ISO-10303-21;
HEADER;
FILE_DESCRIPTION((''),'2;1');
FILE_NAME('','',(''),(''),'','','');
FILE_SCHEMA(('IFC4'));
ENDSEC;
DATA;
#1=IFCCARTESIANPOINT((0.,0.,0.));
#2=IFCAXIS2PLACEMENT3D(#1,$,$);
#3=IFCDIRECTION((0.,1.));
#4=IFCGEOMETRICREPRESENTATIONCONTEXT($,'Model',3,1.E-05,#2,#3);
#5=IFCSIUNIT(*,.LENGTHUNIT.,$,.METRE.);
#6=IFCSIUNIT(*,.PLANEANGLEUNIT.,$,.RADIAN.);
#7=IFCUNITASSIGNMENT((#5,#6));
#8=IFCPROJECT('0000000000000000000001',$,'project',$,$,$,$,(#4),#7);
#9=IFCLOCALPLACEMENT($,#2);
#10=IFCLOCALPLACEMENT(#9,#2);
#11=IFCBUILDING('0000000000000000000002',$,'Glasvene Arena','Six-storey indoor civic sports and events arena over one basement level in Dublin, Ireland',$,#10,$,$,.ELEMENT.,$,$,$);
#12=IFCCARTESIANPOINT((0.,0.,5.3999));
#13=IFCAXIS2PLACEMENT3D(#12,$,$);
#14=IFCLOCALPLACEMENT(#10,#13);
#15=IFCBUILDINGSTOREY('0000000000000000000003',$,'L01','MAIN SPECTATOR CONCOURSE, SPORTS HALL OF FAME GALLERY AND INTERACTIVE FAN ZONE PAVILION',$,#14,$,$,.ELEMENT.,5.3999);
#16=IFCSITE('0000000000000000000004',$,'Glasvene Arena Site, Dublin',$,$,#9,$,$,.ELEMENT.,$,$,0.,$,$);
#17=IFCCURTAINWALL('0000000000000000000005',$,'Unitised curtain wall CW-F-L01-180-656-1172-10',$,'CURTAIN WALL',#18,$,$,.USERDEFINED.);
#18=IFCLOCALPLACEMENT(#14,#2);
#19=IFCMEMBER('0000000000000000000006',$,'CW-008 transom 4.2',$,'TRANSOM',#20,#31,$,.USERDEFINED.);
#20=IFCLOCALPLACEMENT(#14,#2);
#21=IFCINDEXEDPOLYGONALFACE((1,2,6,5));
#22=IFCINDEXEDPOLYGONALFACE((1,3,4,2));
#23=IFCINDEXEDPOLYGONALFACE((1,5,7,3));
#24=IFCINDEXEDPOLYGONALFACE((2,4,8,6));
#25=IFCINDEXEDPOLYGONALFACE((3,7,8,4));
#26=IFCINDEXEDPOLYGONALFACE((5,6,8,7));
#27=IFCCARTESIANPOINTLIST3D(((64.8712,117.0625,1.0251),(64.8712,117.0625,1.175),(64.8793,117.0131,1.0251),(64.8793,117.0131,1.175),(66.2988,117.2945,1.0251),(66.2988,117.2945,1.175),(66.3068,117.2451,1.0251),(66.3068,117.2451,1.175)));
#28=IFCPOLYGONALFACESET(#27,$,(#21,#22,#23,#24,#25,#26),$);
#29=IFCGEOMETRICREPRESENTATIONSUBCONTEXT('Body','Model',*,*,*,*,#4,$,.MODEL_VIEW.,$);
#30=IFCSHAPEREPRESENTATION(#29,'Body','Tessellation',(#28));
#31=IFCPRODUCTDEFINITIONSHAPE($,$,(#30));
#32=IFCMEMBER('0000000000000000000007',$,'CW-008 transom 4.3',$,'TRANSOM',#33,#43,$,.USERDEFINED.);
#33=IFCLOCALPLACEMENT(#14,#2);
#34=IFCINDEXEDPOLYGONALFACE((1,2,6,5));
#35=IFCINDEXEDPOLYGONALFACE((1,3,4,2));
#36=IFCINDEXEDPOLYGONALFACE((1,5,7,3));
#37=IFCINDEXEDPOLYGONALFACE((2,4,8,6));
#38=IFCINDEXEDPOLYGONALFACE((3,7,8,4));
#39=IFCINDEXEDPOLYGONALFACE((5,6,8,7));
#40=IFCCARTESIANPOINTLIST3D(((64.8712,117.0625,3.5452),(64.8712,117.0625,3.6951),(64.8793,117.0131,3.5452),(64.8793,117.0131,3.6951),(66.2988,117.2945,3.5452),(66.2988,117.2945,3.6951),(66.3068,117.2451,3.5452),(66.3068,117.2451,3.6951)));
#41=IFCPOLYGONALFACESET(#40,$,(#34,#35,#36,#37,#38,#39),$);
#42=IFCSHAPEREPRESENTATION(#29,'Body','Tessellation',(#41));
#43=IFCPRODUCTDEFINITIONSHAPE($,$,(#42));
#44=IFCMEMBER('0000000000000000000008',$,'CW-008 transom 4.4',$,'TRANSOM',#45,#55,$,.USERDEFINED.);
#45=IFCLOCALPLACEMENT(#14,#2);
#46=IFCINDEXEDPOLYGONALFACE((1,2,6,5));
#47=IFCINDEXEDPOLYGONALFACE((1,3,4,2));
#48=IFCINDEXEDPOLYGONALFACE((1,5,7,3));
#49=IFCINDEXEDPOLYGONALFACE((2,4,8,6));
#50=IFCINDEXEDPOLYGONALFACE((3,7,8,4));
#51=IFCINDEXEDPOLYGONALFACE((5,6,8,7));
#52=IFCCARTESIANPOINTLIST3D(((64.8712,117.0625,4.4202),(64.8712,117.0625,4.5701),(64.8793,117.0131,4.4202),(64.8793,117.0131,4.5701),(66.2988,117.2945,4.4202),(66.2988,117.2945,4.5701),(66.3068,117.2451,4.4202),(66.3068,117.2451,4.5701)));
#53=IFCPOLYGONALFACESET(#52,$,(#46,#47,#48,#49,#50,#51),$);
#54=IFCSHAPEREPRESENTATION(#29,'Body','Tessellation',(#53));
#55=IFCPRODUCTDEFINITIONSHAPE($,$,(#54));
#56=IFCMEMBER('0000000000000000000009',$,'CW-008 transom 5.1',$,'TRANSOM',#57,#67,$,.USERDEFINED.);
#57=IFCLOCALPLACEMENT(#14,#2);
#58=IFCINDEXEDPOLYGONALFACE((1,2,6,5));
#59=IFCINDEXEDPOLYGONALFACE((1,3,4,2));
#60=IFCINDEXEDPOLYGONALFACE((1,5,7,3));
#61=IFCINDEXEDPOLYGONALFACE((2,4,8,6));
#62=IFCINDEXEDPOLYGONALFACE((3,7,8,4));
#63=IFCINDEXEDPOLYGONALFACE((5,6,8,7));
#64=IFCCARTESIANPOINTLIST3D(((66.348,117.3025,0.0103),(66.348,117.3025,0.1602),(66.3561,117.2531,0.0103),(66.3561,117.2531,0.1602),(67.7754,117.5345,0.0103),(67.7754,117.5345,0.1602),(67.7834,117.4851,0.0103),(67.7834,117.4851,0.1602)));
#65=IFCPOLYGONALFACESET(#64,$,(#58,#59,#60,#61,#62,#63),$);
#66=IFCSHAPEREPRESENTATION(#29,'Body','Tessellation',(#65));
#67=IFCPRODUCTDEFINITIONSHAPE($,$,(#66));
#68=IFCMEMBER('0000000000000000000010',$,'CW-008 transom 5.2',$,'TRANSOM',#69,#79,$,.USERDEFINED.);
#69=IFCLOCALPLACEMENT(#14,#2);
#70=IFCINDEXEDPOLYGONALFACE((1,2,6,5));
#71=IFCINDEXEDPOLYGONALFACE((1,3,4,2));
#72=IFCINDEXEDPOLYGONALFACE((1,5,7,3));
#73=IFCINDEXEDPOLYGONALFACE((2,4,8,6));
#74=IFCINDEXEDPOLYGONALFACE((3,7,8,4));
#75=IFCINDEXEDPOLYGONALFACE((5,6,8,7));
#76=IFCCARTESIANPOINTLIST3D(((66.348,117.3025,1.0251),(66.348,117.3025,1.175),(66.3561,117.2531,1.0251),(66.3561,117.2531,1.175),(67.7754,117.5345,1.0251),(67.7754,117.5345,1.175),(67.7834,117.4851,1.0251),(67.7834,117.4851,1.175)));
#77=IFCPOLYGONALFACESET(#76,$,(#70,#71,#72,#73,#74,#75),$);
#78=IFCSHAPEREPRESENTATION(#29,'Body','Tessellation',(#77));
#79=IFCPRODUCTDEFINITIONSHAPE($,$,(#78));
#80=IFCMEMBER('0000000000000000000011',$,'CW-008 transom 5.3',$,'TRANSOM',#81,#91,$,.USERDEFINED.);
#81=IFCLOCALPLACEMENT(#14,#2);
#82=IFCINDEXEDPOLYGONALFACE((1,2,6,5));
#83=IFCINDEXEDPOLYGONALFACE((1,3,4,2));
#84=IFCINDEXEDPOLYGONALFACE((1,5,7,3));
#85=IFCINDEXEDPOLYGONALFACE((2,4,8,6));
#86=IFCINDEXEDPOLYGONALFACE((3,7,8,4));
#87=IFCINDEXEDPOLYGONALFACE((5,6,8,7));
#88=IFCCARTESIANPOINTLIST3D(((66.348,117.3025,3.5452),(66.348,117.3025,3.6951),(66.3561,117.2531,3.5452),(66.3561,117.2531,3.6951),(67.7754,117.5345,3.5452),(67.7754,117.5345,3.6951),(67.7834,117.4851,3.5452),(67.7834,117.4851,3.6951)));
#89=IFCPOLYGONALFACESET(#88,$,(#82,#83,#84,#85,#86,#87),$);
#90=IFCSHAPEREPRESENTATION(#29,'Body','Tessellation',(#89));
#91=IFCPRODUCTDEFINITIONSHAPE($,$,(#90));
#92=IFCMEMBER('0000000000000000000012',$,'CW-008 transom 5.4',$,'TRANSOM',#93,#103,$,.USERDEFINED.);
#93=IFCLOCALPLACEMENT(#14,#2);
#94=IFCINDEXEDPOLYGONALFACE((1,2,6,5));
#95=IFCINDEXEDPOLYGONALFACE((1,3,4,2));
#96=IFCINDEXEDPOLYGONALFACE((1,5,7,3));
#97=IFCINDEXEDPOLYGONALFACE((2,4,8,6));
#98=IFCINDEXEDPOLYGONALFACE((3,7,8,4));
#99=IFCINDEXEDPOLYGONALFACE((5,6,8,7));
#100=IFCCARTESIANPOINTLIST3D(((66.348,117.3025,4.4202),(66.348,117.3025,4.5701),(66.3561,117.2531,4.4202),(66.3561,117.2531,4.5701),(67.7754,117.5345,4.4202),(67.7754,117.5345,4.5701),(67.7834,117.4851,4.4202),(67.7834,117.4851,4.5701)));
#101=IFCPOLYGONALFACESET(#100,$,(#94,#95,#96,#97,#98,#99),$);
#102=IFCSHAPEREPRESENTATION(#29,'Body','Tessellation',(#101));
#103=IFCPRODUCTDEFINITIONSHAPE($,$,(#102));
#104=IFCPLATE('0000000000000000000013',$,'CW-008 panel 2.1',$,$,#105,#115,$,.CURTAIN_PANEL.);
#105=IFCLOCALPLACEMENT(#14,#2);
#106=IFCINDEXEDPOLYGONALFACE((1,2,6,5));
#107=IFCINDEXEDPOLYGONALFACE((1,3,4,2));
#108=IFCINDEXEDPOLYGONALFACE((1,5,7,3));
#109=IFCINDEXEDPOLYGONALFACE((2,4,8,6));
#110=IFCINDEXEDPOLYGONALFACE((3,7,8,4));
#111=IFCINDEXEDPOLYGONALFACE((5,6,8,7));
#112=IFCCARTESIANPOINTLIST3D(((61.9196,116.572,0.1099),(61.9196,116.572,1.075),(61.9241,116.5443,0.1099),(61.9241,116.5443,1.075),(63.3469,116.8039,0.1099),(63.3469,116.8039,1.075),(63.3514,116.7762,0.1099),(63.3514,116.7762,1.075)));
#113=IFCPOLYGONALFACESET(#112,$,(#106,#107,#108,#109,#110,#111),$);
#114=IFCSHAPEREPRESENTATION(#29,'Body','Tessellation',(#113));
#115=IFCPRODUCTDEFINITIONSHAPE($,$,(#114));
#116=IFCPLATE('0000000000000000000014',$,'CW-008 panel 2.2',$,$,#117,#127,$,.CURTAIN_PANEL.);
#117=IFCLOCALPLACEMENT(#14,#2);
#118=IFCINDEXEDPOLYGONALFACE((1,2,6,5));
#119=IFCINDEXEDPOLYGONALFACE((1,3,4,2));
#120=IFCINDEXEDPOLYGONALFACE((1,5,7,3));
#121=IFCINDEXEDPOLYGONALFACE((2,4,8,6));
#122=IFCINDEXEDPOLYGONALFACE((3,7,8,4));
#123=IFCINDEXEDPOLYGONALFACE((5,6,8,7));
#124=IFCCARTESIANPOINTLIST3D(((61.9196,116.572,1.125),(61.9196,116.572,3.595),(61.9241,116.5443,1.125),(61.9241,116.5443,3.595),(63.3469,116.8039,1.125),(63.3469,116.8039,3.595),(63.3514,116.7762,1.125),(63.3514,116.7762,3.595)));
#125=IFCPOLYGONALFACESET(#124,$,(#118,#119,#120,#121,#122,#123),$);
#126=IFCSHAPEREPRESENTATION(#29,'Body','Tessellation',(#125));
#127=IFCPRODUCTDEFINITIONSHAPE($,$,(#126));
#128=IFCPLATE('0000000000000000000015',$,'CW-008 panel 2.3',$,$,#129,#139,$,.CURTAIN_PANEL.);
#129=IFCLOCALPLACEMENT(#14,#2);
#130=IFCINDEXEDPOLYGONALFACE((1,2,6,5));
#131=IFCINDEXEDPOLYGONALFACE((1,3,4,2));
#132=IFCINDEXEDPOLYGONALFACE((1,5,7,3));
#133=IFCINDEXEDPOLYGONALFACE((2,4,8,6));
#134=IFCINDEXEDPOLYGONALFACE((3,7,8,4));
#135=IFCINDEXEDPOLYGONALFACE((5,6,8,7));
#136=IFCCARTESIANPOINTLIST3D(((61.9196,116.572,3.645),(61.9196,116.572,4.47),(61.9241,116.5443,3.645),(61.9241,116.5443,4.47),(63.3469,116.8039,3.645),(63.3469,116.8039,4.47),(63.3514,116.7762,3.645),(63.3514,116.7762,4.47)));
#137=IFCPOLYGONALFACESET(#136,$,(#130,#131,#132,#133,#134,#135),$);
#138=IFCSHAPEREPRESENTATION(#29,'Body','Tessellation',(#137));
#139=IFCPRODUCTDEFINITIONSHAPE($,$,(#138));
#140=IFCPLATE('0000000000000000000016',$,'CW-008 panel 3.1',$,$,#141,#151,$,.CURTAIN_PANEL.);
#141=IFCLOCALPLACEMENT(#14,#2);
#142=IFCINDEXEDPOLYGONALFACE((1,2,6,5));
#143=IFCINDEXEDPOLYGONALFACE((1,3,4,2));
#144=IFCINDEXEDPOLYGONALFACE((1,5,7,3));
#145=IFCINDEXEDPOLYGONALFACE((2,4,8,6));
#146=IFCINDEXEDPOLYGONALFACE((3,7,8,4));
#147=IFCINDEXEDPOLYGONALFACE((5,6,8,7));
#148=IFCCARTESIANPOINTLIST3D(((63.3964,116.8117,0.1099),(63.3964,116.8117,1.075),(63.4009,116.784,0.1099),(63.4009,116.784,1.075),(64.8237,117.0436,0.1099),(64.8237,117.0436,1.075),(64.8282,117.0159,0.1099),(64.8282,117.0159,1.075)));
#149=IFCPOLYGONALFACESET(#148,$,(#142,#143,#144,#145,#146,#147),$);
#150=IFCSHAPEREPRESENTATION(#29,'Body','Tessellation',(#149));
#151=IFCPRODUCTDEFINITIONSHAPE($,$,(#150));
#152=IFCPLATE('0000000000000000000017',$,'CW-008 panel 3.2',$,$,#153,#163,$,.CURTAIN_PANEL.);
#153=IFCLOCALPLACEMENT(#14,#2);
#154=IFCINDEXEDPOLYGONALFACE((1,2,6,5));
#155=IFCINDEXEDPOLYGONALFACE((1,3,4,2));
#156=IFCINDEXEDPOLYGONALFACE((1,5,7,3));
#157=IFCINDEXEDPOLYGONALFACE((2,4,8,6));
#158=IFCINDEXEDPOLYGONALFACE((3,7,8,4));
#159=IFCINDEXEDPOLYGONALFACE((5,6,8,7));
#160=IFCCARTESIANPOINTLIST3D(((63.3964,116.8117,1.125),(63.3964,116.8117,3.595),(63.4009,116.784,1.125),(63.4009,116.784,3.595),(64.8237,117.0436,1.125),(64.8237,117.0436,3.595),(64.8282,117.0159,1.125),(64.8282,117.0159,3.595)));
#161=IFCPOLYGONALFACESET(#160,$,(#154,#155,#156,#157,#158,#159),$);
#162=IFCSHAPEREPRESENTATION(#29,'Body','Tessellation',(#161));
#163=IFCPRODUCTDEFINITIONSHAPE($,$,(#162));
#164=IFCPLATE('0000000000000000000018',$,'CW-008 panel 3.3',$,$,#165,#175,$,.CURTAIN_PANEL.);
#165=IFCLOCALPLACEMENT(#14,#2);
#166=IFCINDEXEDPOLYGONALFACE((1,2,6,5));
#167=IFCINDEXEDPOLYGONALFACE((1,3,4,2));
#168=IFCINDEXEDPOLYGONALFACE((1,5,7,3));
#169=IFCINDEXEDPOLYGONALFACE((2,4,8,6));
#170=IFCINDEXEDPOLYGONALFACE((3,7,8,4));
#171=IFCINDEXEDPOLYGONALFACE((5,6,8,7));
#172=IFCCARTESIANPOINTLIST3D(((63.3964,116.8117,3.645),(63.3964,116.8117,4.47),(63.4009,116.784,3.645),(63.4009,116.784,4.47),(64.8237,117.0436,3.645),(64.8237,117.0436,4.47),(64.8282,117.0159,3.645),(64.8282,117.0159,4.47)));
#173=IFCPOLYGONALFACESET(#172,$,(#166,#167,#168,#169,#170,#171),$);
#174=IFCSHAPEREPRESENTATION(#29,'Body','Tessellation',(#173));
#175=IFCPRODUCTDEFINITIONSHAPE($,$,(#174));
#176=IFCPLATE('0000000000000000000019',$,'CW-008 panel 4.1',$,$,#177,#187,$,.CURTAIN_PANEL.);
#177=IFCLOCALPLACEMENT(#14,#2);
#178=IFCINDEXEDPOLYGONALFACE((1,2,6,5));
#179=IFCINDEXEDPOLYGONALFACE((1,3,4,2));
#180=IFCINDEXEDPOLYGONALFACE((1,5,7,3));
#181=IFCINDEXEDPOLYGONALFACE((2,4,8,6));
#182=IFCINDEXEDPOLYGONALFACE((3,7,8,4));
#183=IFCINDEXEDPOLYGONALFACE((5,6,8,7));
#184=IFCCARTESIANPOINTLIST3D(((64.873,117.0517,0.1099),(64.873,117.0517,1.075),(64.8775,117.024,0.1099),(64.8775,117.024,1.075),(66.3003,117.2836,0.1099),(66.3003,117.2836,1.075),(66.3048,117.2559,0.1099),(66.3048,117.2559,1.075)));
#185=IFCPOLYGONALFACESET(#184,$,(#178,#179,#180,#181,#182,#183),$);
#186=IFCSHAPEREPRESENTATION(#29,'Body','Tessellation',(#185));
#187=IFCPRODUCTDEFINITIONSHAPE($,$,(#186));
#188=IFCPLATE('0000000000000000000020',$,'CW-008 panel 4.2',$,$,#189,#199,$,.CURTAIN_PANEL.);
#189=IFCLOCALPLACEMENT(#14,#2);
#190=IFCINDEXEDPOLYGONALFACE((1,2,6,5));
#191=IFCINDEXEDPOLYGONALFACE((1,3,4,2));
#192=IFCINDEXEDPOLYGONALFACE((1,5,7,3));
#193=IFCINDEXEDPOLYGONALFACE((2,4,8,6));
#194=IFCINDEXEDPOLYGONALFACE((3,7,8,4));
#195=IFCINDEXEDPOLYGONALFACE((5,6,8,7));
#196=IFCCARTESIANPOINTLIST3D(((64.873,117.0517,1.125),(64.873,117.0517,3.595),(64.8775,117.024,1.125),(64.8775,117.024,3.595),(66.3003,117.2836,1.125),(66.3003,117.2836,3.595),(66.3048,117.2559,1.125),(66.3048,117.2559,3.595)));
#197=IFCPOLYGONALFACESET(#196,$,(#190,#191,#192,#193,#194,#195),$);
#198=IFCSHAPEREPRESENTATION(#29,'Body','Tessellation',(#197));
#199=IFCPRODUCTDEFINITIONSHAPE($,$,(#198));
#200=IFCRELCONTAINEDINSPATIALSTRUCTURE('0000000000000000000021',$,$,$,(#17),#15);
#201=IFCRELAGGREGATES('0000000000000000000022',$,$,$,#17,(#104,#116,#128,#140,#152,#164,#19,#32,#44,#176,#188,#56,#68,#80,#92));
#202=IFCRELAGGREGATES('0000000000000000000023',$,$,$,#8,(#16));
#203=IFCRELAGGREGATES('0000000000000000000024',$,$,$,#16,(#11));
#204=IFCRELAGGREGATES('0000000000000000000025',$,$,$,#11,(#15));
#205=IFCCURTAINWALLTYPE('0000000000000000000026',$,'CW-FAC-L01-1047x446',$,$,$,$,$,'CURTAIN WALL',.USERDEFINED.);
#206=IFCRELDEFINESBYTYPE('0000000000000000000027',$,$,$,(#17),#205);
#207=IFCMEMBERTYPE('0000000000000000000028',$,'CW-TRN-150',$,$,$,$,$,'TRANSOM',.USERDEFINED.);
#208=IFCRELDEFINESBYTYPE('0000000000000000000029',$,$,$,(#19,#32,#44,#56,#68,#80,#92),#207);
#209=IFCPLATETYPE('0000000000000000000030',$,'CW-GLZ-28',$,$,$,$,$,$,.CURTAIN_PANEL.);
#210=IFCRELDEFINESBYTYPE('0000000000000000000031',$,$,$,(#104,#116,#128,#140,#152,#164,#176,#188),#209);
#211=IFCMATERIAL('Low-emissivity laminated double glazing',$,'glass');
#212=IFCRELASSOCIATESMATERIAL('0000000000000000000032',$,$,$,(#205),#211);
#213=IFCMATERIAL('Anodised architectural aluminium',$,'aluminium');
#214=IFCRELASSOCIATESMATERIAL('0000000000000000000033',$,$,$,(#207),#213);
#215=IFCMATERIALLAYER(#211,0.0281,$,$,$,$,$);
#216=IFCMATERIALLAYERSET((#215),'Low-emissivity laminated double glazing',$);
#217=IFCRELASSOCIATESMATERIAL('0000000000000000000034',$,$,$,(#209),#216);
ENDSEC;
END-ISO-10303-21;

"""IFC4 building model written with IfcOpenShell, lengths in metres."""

from ifc_helpers import new_model, si_unit, direction, frame, origin, origin_2d, place, context, subcontext, project, spatial, rectangle, extrude, material, layer, layer_set, material_profile, profile_set, type_object, element, aggregate, save


model = new_model("IFC4")

# Units and contexts
model_context = context("Model", 3, precision=1e-05, world=origin(), true_north=direction((0.0, 1.0)))
body_context = subcontext(model_context, "Body", "Model", "MODEL_VIEW")
ifc_project = project(units=[si_unit("LENGTHUNIT", "METRE"), si_unit("PLANEANGLEUNIT", "RADIAN")], contexts=[model_context])

# Site, building, storey
site_placement = place(None, origin())
site = spatial("IfcSite", under=ifc_project, at=site_placement, Name="Glasvene Arena Site, Dublin", CompositionType="ELEMENT", RefElevation=0.0)
building_placement = place(site_placement, origin())
building = spatial("IfcBuilding", under=site, at=building_placement, Name="Glasvene Arena", Description="Six-storey indoor civic sports and events arena over one basement level in Dublin, Ireland", CompositionType="ELEMENT")
storey_placement = place(building_placement, frame((0.0, 0.0, 5.3999)))
storey = spatial("IfcBuildingStorey", under=building, at=storey_placement, Name="L01", Description="MAIN SPECTATOR CONCOURSE, SPORTS HALL OF FAME GALLERY AND INTERACTIVE FAN ZONE PAVILION", CompositionType="ELEMENT", Elevation=5.3999)

# Curtain wall, members, plates
ifc_material_1 = material(Name="Low-emissivity laminated double glazing", Category="glass")
curtain_wall_type = type_object("IfcCurtainWallType", Name="CW-FAC-L01-1047x446", ElementType="CURTAIN WALL", PredefinedType="USERDEFINED", material=ifc_material_1)
curtain_wall_placement = place(storey_placement, frame((60.4204, 116.3142, 0.0)))
curtain_wall = element("IfcCurtainWall", 1, at=curtain_wall_placement, inside=storey, type_object=curtain_wall_type, Name="Unitised curtain wall CW-F-L01-180-656-1172-10", ObjectType="CURTAIN WALL", PredefinedType="USERDEFINED")
ifc_material_2 = material(Name="Anodised architectural aluminium", Category="aluminium")
ifc_material_profile_1 = material_profile(ifc_material_2, rectangle(XDim=0.05, YDim=0.1499, at=origin_2d()), Name="ALU TRANSOM 50x150")
ifc_profile_set_1 = profile_set([ifc_material_profile_1], Name="Anodised architectural aluminium")
member_type_1 = type_object("IfcMemberType", Name="CW-TRN-150", ElementType="TRANSOM", PredefinedType="USERDEFINED", material=ifc_profile_set_1)
member_1_placement = place(storey_placement, frame((64.8752, 117.0378, 1.1001), z_axis=(0.987056, 0.160373, 0.0), x_axis=(-0.160373, 0.987056, 0.0)))
member_1 = element("IfcMember", 2, at=member_1_placement, type_object=member_type_1, Name="CW-008 transom 4.2", ObjectType="TRANSOM", PredefinedType="USERDEFINED", context=body_context, shape_type="SweptSolid", body=[
    extrude(rectangle(XDim=0.05, YDim=0.1499, at=origin_2d()), origin(), (0.0, 0.0, 1.0), 1.4463),
])
member_2_placement = place(storey_placement, frame((64.8752, 117.0378, 3.6201), z_axis=(0.987056, 0.160373, 0.0), x_axis=(-0.160373, 0.987056, 0.0)))
member_2 = element("IfcMember", 3, at=member_2_placement, type_object=member_type_1, Name="CW-008 transom 4.3", ObjectType="TRANSOM", PredefinedType="USERDEFINED", context=body_context, shape_type="SweptSolid", body=[
    extrude(rectangle(XDim=0.05, YDim=0.1499, at=origin_2d()), origin(), (0.0, 0.0, 1.0), 1.4463),
])
member_3_placement = place(storey_placement, frame((64.8752, 117.0378, 4.4951), z_axis=(0.987056, 0.160373, 0.0), x_axis=(-0.160373, 0.987056, 0.0)))
member_3 = element("IfcMember", 4, at=member_3_placement, type_object=member_type_1, Name="CW-008 transom 4.4", ObjectType="TRANSOM", PredefinedType="USERDEFINED", context=body_context, shape_type="SweptSolid", body=[
    extrude(rectangle(XDim=0.05, YDim=0.1499, at=origin_2d()), origin(), (0.0, 0.0, 1.0), 1.4463),
])
member_4_placement = place(storey_placement, frame((66.3521, 117.2778, 0.0852), z_axis=(0.987052, 0.1604, 0.0), x_axis=(-0.1604, 0.987052, 0.0)))
member_4 = element("IfcMember", 5, at=member_4_placement, type_object=member_type_1, Name="CW-008 transom 5.1", ObjectType="TRANSOM", PredefinedType="USERDEFINED", context=body_context, shape_type="SweptSolid", body=[
    extrude(rectangle(XDim=0.05, YDim=0.1499, at=origin_2d()), origin(), (0.0, 0.0, 1.0), 1.446),
])
member_5_placement = place(storey_placement, frame((66.3521, 117.2778, 1.1001), z_axis=(0.987052, 0.1604, 0.0), x_axis=(-0.1604, 0.987052, 0.0)))
member_5 = element("IfcMember", 6, at=member_5_placement, type_object=member_type_1, Name="CW-008 transom 5.2", ObjectType="TRANSOM", PredefinedType="USERDEFINED", context=body_context, shape_type="SweptSolid", body=[
    extrude(rectangle(XDim=0.05, YDim=0.1499, at=origin_2d()), origin(), (0.0, 0.0, 1.0), 1.446),
])
member_6_placement = place(storey_placement, frame((66.3521, 117.2778, 3.6201), z_axis=(0.987052, 0.1604, 0.0), x_axis=(-0.1604, 0.987052, 0.0)))
member_6 = element("IfcMember", 7, at=member_6_placement, type_object=member_type_1, Name="CW-008 transom 5.3", ObjectType="TRANSOM", PredefinedType="USERDEFINED", context=body_context, shape_type="SweptSolid", body=[
    extrude(rectangle(XDim=0.05, YDim=0.1499, at=origin_2d()), origin(), (0.0, 0.0, 1.0), 1.446),
])
member_7_placement = place(storey_placement, frame((66.3521, 117.2778, 4.4951), z_axis=(0.987052, 0.1604, 0.0), x_axis=(-0.1604, 0.987052, 0.0)))
member_7 = element("IfcMember", 8, at=member_7_placement, type_object=member_type_1, Name="CW-008 transom 5.4", ObjectType="TRANSOM", PredefinedType="USERDEFINED", context=body_context, shape_type="SweptSolid", body=[
    extrude(rectangle(XDim=0.05, YDim=0.1499, at=origin_2d()), origin(), (0.0, 0.0, 1.0), 1.446),
])
ifc_layer = layer(ifc_material_1, 0.0281)
ifc_layer_set = layer_set([ifc_layer], Name="Low-emissivity laminated double glazing")
plate_type = type_object("IfcPlateType", Name="CW-GLZ-28", PredefinedType="CURTAIN_PANEL", material=ifc_layer_set)
plate_1_placement = place(storey_placement, frame((62.6355, 116.6741, 0.1099), z_axis=(0.0, 0.0, 1.0), x_axis=(0.987057, 0.160367, 0.0)))
plate_1 = element("IfcPlate", 9, at=plate_1_placement, type_object=plate_type, Name="CW-008 panel 2.1", PredefinedType="CURTAIN_PANEL", context=body_context, shape_type="SweptSolid", body=[
    extrude(rectangle(XDim=1.446, YDim=0.0281, at=origin_2d()), origin(), (0.0, 0.0, 1.0), 0.9651),
])
plate_2_placement = place(storey_placement, frame((62.6355, 116.6741, 1.125), z_axis=(0.0, 0.0, 1.0), x_axis=(0.987057, 0.160367, 0.0)))
plate_2 = element("IfcPlate", 10, at=plate_2_placement, type_object=plate_type, Name="CW-008 panel 2.2", PredefinedType="CURTAIN_PANEL", context=body_context, shape_type="SweptSolid", body=[
    extrude(rectangle(XDim=1.446, YDim=0.0281, at=origin_2d()), origin(), (0.0, 0.0, 1.0), 2.47),
])
plate_3_placement = place(storey_placement, frame((62.6355, 116.6741, 3.645), z_axis=(0.0, 0.0, 1.0), x_axis=(0.987057, 0.160367, 0.0)))
plate_3 = element("IfcPlate", 11, at=plate_3_placement, type_object=plate_type, Name="CW-008 panel 2.3", PredefinedType="CURTAIN_PANEL", context=body_context, shape_type="SweptSolid", body=[
    extrude(rectangle(XDim=1.446, YDim=0.0281, at=origin_2d()), origin(), (0.0, 0.0, 1.0), 0.825),
])
plate_4_placement = place(storey_placement, frame((64.1123, 116.9138, 0.1099), z_axis=(0.0, 0.0, 1.0), x_axis=(0.987057, 0.160367, 0.0)))
plate_4 = element("IfcPlate", 12, at=plate_4_placement, type_object=plate_type, Name="CW-008 panel 3.1", PredefinedType="CURTAIN_PANEL", context=body_context, shape_type="SweptSolid", body=[
    extrude(rectangle(XDim=1.446, YDim=0.0281, at=origin_2d()), origin(), (0.0, 0.0, 1.0), 0.9651),
])
plate_5_placement = place(storey_placement, frame((64.1123, 116.9138, 1.125), z_axis=(0.0, 0.0, 1.0), x_axis=(0.987057, 0.160367, 0.0)))
plate_5 = element("IfcPlate", 13, at=plate_5_placement, type_object=plate_type, Name="CW-008 panel 3.2", PredefinedType="CURTAIN_PANEL", context=body_context, shape_type="SweptSolid", body=[
    extrude(rectangle(XDim=1.446, YDim=0.0281, at=origin_2d()), origin(), (0.0, 0.0, 1.0), 2.47),
])
plate_6_placement = place(storey_placement, frame((64.1123, 116.9138, 3.645), z_axis=(0.0, 0.0, 1.0), x_axis=(0.987057, 0.160367, 0.0)))
plate_6 = element("IfcPlate", 14, at=plate_6_placement, type_object=plate_type, Name="CW-008 panel 3.3", PredefinedType="CURTAIN_PANEL", context=body_context, shape_type="SweptSolid", body=[
    extrude(rectangle(XDim=1.446, YDim=0.0281, at=origin_2d()), origin(), (0.0, 0.0, 1.0), 0.825),
])
plate_7_placement = place(storey_placement, frame((65.5889, 117.1538, 0.1099), z_axis=(0.0, 0.0, 1.0), x_axis=(0.987057, 0.160367, 0.0)))
plate_7 = element("IfcPlate", 15, at=plate_7_placement, type_object=plate_type, Name="CW-008 panel 4.1", PredefinedType="CURTAIN_PANEL", context=body_context, shape_type="SweptSolid", body=[
    extrude(rectangle(XDim=1.446, YDim=0.0281, at=origin_2d()), origin(), (0.0, 0.0, 1.0), 0.9651),
])
plate_8_placement = place(storey_placement, frame((65.5889, 117.1538, 1.125), z_axis=(0.0, 0.0, 1.0), x_axis=(0.987057, 0.160367, 0.0)))
plate_8 = element("IfcPlate", 16, at=plate_8_placement, type_object=plate_type, Name="CW-008 panel 4.2", PredefinedType="CURTAIN_PANEL", context=body_context, shape_type="SweptSolid", body=[
    extrude(rectangle(XDim=1.446, YDim=0.0281, at=origin_2d()), origin(), (0.0, 0.0, 1.0), 2.47),
])
aggregate(curtain_wall, [plate_1, plate_2, plate_3, plate_4, plate_5, plate_6, member_1, member_2, member_3, plate_7, plate_8, member_4, member_5, member_6, member_7])

save(model, "model.ifc")
